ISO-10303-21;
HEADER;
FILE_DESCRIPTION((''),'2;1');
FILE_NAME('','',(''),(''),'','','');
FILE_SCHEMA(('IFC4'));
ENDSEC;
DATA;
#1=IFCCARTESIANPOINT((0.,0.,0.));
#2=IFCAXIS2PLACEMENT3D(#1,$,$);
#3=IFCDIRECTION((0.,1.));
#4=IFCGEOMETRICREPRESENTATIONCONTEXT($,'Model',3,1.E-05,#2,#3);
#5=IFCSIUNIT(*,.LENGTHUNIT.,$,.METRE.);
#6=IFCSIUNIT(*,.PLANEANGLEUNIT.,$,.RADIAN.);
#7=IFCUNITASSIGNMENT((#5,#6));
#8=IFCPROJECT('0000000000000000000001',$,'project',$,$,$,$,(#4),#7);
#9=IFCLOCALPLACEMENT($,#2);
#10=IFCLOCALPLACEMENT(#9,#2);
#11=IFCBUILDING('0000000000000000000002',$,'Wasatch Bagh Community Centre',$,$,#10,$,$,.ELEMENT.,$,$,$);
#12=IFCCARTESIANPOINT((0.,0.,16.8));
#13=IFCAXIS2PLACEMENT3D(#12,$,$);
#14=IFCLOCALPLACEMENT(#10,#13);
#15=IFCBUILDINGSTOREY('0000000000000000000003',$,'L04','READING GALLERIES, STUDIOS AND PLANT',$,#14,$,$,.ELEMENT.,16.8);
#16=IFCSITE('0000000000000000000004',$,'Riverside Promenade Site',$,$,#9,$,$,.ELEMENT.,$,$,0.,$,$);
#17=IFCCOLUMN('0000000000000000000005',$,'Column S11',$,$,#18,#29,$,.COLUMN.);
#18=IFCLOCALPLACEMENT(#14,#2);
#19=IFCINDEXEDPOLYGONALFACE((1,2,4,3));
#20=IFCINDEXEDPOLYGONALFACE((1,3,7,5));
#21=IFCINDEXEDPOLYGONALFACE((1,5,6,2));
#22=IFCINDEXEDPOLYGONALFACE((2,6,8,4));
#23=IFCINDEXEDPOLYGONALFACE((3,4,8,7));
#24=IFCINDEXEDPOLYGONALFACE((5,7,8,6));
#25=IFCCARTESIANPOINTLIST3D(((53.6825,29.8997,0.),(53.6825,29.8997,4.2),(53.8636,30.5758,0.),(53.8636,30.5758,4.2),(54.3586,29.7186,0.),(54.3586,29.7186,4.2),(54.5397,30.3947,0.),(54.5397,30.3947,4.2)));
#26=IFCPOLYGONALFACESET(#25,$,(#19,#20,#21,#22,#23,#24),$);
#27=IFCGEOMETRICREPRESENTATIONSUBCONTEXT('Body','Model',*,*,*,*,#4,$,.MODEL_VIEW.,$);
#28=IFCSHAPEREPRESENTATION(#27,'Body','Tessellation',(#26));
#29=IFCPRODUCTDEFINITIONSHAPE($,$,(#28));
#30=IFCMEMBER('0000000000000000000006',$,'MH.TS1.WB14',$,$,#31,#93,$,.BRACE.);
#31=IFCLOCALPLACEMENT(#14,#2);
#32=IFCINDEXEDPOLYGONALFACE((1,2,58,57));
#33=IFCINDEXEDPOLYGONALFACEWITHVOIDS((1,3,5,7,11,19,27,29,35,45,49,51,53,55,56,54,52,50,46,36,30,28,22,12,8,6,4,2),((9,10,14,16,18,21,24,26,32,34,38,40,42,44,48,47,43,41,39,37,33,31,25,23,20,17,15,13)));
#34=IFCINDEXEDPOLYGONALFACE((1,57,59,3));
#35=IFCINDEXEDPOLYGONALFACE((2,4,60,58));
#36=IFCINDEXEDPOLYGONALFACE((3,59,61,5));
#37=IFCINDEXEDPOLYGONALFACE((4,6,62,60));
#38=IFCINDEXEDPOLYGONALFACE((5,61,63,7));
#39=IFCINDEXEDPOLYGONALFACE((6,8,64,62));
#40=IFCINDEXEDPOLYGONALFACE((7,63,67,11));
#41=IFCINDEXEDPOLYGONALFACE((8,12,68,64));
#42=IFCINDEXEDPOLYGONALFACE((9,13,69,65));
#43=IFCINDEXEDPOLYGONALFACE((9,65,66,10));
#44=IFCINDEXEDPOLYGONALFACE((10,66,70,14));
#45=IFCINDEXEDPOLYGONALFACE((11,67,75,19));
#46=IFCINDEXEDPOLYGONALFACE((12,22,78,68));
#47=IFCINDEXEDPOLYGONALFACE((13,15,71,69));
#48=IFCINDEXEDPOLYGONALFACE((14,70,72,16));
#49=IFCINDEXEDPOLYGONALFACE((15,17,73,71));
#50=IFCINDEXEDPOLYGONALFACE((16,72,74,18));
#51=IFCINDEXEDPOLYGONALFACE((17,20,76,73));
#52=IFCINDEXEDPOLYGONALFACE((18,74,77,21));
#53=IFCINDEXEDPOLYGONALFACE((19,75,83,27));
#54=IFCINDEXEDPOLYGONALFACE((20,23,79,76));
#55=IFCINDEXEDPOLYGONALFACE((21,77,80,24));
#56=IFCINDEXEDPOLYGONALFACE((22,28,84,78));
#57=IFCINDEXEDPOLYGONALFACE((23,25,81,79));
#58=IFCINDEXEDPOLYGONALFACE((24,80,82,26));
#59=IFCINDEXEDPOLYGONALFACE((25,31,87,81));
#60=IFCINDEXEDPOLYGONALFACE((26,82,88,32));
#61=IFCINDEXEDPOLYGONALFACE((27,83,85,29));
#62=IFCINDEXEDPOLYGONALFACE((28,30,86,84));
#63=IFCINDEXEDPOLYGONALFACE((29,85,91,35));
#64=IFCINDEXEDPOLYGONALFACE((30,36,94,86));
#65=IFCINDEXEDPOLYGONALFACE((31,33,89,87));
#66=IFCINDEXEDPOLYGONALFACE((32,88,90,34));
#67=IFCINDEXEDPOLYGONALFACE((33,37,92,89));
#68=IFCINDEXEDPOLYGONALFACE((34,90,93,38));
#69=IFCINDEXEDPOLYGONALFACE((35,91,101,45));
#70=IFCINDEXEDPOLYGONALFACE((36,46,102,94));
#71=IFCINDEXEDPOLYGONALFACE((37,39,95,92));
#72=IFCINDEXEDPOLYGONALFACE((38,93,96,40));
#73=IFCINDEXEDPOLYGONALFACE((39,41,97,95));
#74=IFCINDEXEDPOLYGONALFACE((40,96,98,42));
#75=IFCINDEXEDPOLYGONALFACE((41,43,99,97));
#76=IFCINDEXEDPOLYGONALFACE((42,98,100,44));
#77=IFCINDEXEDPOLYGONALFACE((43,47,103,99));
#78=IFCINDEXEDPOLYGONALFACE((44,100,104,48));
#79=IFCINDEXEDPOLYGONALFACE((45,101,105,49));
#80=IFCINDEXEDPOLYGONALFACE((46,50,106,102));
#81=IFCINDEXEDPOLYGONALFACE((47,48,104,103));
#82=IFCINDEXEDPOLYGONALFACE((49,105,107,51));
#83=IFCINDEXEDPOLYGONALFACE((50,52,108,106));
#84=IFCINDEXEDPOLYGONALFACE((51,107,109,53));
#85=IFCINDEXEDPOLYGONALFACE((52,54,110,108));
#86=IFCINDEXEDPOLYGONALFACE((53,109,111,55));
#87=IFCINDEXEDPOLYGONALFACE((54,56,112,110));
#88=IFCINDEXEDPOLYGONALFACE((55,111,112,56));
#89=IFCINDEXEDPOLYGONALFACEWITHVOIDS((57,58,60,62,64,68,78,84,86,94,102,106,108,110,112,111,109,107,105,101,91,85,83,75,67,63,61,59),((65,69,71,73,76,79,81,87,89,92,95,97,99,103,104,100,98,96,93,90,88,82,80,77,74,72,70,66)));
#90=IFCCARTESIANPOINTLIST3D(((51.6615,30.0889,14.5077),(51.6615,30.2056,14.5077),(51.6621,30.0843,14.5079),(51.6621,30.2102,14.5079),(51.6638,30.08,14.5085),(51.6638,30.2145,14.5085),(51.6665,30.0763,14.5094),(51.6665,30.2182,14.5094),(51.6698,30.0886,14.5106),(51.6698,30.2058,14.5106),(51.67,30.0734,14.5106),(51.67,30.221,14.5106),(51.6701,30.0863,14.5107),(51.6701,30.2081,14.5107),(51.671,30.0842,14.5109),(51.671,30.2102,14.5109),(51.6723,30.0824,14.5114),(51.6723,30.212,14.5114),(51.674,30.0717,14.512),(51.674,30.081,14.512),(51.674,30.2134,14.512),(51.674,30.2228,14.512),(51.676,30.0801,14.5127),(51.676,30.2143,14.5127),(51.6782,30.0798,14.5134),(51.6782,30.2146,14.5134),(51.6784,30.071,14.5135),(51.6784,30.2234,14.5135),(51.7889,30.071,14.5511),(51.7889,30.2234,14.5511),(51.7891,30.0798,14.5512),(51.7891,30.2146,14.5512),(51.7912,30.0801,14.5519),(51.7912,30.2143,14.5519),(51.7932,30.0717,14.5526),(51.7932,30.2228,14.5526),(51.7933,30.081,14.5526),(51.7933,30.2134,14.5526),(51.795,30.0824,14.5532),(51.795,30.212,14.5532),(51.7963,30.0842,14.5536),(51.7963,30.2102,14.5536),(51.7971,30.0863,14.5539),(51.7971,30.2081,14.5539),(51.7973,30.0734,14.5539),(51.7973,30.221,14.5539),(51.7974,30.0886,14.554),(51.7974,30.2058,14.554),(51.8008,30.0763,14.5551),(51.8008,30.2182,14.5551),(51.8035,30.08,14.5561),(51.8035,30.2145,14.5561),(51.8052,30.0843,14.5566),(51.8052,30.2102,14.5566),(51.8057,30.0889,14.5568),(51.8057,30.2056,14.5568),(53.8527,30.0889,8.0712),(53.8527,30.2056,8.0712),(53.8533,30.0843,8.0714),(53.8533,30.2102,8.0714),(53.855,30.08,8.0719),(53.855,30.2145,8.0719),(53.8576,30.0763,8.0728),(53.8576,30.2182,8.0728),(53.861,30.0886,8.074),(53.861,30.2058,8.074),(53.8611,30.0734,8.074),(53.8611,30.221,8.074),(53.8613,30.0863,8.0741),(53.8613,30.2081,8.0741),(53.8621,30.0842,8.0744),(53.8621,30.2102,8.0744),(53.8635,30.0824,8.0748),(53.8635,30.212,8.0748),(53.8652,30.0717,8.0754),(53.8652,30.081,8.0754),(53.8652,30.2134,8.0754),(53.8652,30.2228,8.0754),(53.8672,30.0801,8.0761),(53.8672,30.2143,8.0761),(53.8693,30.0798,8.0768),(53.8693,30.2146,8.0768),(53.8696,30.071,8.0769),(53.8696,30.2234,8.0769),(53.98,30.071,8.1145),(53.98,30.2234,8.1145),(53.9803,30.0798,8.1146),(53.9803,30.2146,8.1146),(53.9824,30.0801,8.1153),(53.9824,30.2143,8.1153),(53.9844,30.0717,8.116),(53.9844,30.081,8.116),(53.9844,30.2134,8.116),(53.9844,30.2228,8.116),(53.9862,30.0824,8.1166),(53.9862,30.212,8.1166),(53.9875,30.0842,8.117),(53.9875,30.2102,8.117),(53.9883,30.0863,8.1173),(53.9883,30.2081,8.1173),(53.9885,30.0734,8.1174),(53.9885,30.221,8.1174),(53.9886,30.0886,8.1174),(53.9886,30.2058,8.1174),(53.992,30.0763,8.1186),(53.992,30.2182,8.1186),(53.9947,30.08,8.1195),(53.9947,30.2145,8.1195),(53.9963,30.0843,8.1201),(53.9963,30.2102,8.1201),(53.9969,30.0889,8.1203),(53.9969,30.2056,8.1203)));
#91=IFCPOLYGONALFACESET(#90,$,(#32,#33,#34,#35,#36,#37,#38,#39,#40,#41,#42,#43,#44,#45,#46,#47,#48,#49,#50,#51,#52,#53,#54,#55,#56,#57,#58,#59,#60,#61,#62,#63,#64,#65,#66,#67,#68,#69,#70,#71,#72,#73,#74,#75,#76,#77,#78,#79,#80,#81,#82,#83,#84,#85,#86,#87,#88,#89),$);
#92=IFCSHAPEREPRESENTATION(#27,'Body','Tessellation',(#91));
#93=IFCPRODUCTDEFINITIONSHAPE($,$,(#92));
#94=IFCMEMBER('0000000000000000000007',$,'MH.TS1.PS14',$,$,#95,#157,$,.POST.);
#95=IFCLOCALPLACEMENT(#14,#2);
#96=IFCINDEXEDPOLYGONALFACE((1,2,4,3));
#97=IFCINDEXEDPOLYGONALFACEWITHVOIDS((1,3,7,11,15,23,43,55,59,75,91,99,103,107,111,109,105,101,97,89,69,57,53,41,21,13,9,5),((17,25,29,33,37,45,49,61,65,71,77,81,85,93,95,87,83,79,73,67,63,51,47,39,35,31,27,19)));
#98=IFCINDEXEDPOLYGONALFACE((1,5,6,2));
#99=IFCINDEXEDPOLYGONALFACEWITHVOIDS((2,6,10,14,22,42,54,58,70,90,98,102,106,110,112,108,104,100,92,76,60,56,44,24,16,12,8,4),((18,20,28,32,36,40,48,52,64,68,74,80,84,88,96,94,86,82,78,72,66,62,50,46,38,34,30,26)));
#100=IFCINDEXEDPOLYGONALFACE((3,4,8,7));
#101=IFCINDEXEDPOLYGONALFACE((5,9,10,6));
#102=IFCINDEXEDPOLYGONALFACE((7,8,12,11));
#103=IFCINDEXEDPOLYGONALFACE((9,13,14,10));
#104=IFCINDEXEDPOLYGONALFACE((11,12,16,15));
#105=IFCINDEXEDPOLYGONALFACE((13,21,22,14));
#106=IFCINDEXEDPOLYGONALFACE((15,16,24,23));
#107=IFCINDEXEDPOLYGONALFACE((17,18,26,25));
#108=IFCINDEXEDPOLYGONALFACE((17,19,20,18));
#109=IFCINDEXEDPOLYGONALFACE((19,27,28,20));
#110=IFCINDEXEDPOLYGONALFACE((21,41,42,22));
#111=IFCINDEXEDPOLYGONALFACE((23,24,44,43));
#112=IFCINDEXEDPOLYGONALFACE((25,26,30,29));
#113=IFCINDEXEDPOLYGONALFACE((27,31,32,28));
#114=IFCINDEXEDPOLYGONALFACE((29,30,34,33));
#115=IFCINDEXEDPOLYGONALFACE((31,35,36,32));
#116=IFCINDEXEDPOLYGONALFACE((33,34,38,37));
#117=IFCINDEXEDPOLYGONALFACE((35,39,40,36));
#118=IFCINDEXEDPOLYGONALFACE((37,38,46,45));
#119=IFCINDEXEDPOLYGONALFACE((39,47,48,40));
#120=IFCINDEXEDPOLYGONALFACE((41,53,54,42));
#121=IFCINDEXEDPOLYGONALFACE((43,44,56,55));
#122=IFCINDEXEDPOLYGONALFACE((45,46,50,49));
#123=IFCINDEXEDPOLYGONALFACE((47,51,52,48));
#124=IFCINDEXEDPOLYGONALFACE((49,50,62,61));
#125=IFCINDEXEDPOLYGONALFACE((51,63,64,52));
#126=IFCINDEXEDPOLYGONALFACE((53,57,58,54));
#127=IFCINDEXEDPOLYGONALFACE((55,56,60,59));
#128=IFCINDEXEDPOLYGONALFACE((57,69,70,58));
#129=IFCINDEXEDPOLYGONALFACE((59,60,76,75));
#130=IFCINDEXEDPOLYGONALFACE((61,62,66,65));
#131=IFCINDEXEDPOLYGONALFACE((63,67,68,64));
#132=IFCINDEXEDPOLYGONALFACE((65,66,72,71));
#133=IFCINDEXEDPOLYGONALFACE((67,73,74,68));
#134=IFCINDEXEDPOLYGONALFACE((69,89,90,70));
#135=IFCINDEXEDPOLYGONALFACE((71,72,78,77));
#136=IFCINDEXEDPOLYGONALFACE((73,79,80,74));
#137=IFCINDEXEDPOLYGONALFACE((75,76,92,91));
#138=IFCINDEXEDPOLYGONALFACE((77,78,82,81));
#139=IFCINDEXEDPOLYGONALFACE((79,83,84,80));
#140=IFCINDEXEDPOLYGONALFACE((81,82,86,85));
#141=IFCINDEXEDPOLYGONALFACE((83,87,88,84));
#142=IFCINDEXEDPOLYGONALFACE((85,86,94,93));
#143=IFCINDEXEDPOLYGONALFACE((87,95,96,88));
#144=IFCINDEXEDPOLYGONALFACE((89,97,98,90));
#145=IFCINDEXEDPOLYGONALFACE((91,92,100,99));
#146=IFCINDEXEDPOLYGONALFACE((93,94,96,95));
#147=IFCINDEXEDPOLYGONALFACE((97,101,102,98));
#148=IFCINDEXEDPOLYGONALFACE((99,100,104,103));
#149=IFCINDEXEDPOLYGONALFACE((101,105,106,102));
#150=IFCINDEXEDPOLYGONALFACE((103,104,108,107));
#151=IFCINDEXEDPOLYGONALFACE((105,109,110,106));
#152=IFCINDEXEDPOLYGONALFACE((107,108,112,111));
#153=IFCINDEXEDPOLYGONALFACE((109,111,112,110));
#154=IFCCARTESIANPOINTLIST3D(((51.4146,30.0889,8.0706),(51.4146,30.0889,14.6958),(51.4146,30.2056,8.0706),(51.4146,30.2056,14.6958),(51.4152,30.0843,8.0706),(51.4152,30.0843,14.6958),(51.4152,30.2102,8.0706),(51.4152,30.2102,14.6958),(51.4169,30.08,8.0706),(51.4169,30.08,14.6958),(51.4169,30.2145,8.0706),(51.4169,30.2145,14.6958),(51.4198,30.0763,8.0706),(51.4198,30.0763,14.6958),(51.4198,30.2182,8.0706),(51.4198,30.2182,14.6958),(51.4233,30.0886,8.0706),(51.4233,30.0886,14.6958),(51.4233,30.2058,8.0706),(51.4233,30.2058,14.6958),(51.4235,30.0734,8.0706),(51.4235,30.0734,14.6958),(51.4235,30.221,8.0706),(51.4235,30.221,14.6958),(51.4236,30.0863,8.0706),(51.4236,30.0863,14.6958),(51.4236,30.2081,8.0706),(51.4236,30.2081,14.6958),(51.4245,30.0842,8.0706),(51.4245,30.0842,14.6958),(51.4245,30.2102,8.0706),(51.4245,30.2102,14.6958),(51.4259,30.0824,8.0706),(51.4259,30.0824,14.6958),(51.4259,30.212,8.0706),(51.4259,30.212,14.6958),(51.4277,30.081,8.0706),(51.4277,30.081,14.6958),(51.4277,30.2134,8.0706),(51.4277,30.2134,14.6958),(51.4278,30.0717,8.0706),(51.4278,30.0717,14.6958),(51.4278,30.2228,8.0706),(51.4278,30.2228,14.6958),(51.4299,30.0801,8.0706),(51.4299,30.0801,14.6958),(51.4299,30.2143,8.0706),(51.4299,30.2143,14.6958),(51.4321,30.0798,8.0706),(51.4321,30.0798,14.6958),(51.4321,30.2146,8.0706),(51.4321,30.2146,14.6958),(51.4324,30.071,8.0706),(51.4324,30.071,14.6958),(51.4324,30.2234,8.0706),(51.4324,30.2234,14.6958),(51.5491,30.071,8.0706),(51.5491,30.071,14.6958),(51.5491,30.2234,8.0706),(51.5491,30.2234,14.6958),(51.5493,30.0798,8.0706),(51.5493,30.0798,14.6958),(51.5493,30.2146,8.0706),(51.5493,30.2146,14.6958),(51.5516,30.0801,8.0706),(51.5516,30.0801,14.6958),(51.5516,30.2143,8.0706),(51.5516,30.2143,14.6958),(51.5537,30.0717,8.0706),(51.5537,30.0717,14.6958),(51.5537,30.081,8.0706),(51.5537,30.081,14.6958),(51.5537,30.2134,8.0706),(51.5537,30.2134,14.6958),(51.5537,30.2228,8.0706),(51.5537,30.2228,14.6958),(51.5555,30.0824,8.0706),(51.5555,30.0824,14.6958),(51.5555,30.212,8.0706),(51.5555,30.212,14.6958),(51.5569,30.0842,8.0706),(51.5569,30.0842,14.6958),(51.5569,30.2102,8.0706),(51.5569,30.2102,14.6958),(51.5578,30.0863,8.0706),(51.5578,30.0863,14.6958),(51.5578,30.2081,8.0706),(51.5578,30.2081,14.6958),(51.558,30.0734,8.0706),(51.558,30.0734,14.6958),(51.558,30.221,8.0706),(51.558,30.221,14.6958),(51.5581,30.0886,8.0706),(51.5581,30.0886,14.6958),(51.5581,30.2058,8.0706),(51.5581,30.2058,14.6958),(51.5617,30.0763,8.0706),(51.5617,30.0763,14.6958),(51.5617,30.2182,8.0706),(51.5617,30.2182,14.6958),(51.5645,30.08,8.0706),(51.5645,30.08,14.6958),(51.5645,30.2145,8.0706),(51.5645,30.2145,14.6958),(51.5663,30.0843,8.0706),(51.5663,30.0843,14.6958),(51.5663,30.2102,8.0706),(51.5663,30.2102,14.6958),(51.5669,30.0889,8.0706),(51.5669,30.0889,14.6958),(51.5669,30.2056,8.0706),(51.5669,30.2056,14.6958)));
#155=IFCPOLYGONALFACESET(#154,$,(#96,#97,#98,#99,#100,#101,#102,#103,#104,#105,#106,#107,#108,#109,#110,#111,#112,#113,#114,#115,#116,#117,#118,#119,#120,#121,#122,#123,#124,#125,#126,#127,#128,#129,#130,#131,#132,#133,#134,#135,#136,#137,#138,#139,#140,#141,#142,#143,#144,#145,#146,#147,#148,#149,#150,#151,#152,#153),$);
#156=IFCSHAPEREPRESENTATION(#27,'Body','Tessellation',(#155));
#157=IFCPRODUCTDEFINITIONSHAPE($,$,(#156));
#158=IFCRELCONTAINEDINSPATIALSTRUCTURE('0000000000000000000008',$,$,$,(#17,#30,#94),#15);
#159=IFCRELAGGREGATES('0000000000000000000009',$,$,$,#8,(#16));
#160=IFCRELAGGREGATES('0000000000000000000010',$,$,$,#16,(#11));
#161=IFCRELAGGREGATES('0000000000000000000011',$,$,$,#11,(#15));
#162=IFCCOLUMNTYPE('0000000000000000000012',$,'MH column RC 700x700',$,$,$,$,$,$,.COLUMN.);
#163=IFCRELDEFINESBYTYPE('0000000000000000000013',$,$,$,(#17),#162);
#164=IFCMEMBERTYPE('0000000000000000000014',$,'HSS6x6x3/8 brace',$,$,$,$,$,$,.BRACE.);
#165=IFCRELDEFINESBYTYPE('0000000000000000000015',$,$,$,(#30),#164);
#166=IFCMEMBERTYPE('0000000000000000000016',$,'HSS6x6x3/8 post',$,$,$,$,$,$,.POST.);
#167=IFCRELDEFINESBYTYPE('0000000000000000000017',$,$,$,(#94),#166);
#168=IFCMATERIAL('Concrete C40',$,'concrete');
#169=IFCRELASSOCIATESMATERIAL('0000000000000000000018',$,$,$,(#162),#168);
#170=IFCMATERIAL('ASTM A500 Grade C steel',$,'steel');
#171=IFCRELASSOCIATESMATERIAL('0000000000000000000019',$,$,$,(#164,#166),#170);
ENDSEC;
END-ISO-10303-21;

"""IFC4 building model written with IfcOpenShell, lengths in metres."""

from ifc_helpers import new_model, si_unit, direction, frame, origin, origin_2d, place, context, subcontext, project, spatial, rectangle, hollow_rectangle, extrude, material, material_profile, profile_set, type_object, element, save


model = new_model("IFC4")

# Units and contexts
model_context = context("Model", 3, precision=1e-05, world=origin(), true_north=direction((0.0, 1.0)))
body_context = subcontext(model_context, "Body", "Model", "MODEL_VIEW")
ifc_project = project(units=[si_unit("LENGTHUNIT", "METRE"), si_unit("PLANEANGLEUNIT", "RADIAN")], contexts=[model_context])

# Site, building, storey
site_placement = place(None, origin())
site = spatial("IfcSite", under=ifc_project, at=site_placement, Name="Riverside Promenade Site", CompositionType="ELEMENT", RefElevation=0.0)
building_placement = place(site_placement, origin())
building = spatial("IfcBuilding", under=site, at=building_placement, Name="Wasatch Bagh Community Centre", CompositionType="ELEMENT")
storey_placement = place(building_placement, frame((0.0, 0.0, 16.8)))
storey = spatial("IfcBuildingStorey", under=building, at=storey_placement, Name="L04", Description="READING GALLERIES, STUDIOS AND PLANT", CompositionType="ELEMENT", Elevation=16.8)

# Column
ifc_material_1 = material(Name="Concrete C40", Category="concrete")
ifc_material_profile_1 = material_profile(ifc_material_1, rectangle(XDim=0.7, YDim=0.7, at=origin_2d()), Name="RC 700x700")
ifc_profile_set_1 = profile_set([ifc_material_profile_1], Name="Concrete C40")
column_type = type_object("IfcColumnType", Name="MH column RC 700x700", PredefinedType="COLUMN", material=ifc_profile_set_1)
column_placement = place(storey_placement, frame((54.1111, 30.1472, 0.0), z_axis=(0.0, 0.0, 1.0), x_axis=(0.258819, 0.965926, 0.0)))
element("IfcColumn", 1, at=column_placement, inside=storey, type_object=column_type, Name="Column S11", PredefinedType="COLUMN", context=body_context, shape_type="SweptSolid", body=[
    extrude(rectangle(XDim=0.7, YDim=0.7, at=origin_2d()), origin(), (0.0, 0.0, 1.0), 4.2),
])

# Members
ifc_material_2 = material(Name="ASTM A500 Grade C steel", Category="steel")
ifc_material_profile_2 = material_profile(ifc_material_2, hollow_rectangle(XDim=0.1523, YDim=0.1523, WallThickness=0.0088, InnerFilletRadius=0.0088, OuterFilletRadius=0.0178, at=origin_2d()), Name="HSS6x6x3/8")
ifc_profile_set_2 = profile_set([ifc_material_profile_2], Name="ASTM A500 Grade C steel")
member_type_1 = type_object("IfcMemberType", Name="HSS6x6x3/8 brace", PredefinedType="BRACE", material=ifc_profile_set_2)
member_1_placement = place(storey_placement, frame((53.9248, 30.1472, 8.0957), z_axis=(-0.322264, 0.0, 0.94665), x_axis=(0.0, -1.0, 0.0)))
element("IfcMember", 2, at=member_1_placement, inside=storey, type_object=member_type_1, Name="MH.TS1.WB14", PredefinedType="BRACE", context=body_context, shape_type="SweptSolid", body=[
    extrude(hollow_rectangle(XDim=0.1523, YDim=0.1523, WallThickness=0.0088, InnerFilletRadius=0.0088, OuterFilletRadius=0.0178, at=origin_2d()), origin(), (0.0, 0.0, 1.0), 6.7993),
])
ifc_material_profile_3 = material_profile(ifc_material_2, hollow_rectangle(XDim=0.1523, YDim=0.1523, WallThickness=0.0088, InnerFilletRadius=0.0088, OuterFilletRadius=0.0178, at=origin_2d()), Name="HSS6x6x3/8")
ifc_profile_set_3 = profile_set([ifc_material_profile_3], Name="ASTM A500 Grade C steel")
member_type_2 = type_object("IfcMemberType", Name="HSS6x6x3/8 post", PredefinedType="POST", material=ifc_profile_set_3)
member_2_placement = place(storey_placement, frame((51.4907, 30.1472, 8.0706), z_axis=(0.0, 0.0, 1.0), x_axis=(1.0, 0.0, 0.0)))
element("IfcMember", 3, at=member_2_placement, inside=storey, type_object=member_type_2, Name="MH.TS1.PS14", PredefinedType="POST", context=body_context, shape_type="SweptSolid", body=[
    extrude(hollow_rectangle(XDim=0.1523, YDim=0.1523, WallThickness=0.0088, InnerFilletRadius=0.0088, OuterFilletRadius=0.0178, at=origin_2d()), origin(), (0.0, 0.0, 1.0), 6.6252),
])

save(model, "model.ifc")
